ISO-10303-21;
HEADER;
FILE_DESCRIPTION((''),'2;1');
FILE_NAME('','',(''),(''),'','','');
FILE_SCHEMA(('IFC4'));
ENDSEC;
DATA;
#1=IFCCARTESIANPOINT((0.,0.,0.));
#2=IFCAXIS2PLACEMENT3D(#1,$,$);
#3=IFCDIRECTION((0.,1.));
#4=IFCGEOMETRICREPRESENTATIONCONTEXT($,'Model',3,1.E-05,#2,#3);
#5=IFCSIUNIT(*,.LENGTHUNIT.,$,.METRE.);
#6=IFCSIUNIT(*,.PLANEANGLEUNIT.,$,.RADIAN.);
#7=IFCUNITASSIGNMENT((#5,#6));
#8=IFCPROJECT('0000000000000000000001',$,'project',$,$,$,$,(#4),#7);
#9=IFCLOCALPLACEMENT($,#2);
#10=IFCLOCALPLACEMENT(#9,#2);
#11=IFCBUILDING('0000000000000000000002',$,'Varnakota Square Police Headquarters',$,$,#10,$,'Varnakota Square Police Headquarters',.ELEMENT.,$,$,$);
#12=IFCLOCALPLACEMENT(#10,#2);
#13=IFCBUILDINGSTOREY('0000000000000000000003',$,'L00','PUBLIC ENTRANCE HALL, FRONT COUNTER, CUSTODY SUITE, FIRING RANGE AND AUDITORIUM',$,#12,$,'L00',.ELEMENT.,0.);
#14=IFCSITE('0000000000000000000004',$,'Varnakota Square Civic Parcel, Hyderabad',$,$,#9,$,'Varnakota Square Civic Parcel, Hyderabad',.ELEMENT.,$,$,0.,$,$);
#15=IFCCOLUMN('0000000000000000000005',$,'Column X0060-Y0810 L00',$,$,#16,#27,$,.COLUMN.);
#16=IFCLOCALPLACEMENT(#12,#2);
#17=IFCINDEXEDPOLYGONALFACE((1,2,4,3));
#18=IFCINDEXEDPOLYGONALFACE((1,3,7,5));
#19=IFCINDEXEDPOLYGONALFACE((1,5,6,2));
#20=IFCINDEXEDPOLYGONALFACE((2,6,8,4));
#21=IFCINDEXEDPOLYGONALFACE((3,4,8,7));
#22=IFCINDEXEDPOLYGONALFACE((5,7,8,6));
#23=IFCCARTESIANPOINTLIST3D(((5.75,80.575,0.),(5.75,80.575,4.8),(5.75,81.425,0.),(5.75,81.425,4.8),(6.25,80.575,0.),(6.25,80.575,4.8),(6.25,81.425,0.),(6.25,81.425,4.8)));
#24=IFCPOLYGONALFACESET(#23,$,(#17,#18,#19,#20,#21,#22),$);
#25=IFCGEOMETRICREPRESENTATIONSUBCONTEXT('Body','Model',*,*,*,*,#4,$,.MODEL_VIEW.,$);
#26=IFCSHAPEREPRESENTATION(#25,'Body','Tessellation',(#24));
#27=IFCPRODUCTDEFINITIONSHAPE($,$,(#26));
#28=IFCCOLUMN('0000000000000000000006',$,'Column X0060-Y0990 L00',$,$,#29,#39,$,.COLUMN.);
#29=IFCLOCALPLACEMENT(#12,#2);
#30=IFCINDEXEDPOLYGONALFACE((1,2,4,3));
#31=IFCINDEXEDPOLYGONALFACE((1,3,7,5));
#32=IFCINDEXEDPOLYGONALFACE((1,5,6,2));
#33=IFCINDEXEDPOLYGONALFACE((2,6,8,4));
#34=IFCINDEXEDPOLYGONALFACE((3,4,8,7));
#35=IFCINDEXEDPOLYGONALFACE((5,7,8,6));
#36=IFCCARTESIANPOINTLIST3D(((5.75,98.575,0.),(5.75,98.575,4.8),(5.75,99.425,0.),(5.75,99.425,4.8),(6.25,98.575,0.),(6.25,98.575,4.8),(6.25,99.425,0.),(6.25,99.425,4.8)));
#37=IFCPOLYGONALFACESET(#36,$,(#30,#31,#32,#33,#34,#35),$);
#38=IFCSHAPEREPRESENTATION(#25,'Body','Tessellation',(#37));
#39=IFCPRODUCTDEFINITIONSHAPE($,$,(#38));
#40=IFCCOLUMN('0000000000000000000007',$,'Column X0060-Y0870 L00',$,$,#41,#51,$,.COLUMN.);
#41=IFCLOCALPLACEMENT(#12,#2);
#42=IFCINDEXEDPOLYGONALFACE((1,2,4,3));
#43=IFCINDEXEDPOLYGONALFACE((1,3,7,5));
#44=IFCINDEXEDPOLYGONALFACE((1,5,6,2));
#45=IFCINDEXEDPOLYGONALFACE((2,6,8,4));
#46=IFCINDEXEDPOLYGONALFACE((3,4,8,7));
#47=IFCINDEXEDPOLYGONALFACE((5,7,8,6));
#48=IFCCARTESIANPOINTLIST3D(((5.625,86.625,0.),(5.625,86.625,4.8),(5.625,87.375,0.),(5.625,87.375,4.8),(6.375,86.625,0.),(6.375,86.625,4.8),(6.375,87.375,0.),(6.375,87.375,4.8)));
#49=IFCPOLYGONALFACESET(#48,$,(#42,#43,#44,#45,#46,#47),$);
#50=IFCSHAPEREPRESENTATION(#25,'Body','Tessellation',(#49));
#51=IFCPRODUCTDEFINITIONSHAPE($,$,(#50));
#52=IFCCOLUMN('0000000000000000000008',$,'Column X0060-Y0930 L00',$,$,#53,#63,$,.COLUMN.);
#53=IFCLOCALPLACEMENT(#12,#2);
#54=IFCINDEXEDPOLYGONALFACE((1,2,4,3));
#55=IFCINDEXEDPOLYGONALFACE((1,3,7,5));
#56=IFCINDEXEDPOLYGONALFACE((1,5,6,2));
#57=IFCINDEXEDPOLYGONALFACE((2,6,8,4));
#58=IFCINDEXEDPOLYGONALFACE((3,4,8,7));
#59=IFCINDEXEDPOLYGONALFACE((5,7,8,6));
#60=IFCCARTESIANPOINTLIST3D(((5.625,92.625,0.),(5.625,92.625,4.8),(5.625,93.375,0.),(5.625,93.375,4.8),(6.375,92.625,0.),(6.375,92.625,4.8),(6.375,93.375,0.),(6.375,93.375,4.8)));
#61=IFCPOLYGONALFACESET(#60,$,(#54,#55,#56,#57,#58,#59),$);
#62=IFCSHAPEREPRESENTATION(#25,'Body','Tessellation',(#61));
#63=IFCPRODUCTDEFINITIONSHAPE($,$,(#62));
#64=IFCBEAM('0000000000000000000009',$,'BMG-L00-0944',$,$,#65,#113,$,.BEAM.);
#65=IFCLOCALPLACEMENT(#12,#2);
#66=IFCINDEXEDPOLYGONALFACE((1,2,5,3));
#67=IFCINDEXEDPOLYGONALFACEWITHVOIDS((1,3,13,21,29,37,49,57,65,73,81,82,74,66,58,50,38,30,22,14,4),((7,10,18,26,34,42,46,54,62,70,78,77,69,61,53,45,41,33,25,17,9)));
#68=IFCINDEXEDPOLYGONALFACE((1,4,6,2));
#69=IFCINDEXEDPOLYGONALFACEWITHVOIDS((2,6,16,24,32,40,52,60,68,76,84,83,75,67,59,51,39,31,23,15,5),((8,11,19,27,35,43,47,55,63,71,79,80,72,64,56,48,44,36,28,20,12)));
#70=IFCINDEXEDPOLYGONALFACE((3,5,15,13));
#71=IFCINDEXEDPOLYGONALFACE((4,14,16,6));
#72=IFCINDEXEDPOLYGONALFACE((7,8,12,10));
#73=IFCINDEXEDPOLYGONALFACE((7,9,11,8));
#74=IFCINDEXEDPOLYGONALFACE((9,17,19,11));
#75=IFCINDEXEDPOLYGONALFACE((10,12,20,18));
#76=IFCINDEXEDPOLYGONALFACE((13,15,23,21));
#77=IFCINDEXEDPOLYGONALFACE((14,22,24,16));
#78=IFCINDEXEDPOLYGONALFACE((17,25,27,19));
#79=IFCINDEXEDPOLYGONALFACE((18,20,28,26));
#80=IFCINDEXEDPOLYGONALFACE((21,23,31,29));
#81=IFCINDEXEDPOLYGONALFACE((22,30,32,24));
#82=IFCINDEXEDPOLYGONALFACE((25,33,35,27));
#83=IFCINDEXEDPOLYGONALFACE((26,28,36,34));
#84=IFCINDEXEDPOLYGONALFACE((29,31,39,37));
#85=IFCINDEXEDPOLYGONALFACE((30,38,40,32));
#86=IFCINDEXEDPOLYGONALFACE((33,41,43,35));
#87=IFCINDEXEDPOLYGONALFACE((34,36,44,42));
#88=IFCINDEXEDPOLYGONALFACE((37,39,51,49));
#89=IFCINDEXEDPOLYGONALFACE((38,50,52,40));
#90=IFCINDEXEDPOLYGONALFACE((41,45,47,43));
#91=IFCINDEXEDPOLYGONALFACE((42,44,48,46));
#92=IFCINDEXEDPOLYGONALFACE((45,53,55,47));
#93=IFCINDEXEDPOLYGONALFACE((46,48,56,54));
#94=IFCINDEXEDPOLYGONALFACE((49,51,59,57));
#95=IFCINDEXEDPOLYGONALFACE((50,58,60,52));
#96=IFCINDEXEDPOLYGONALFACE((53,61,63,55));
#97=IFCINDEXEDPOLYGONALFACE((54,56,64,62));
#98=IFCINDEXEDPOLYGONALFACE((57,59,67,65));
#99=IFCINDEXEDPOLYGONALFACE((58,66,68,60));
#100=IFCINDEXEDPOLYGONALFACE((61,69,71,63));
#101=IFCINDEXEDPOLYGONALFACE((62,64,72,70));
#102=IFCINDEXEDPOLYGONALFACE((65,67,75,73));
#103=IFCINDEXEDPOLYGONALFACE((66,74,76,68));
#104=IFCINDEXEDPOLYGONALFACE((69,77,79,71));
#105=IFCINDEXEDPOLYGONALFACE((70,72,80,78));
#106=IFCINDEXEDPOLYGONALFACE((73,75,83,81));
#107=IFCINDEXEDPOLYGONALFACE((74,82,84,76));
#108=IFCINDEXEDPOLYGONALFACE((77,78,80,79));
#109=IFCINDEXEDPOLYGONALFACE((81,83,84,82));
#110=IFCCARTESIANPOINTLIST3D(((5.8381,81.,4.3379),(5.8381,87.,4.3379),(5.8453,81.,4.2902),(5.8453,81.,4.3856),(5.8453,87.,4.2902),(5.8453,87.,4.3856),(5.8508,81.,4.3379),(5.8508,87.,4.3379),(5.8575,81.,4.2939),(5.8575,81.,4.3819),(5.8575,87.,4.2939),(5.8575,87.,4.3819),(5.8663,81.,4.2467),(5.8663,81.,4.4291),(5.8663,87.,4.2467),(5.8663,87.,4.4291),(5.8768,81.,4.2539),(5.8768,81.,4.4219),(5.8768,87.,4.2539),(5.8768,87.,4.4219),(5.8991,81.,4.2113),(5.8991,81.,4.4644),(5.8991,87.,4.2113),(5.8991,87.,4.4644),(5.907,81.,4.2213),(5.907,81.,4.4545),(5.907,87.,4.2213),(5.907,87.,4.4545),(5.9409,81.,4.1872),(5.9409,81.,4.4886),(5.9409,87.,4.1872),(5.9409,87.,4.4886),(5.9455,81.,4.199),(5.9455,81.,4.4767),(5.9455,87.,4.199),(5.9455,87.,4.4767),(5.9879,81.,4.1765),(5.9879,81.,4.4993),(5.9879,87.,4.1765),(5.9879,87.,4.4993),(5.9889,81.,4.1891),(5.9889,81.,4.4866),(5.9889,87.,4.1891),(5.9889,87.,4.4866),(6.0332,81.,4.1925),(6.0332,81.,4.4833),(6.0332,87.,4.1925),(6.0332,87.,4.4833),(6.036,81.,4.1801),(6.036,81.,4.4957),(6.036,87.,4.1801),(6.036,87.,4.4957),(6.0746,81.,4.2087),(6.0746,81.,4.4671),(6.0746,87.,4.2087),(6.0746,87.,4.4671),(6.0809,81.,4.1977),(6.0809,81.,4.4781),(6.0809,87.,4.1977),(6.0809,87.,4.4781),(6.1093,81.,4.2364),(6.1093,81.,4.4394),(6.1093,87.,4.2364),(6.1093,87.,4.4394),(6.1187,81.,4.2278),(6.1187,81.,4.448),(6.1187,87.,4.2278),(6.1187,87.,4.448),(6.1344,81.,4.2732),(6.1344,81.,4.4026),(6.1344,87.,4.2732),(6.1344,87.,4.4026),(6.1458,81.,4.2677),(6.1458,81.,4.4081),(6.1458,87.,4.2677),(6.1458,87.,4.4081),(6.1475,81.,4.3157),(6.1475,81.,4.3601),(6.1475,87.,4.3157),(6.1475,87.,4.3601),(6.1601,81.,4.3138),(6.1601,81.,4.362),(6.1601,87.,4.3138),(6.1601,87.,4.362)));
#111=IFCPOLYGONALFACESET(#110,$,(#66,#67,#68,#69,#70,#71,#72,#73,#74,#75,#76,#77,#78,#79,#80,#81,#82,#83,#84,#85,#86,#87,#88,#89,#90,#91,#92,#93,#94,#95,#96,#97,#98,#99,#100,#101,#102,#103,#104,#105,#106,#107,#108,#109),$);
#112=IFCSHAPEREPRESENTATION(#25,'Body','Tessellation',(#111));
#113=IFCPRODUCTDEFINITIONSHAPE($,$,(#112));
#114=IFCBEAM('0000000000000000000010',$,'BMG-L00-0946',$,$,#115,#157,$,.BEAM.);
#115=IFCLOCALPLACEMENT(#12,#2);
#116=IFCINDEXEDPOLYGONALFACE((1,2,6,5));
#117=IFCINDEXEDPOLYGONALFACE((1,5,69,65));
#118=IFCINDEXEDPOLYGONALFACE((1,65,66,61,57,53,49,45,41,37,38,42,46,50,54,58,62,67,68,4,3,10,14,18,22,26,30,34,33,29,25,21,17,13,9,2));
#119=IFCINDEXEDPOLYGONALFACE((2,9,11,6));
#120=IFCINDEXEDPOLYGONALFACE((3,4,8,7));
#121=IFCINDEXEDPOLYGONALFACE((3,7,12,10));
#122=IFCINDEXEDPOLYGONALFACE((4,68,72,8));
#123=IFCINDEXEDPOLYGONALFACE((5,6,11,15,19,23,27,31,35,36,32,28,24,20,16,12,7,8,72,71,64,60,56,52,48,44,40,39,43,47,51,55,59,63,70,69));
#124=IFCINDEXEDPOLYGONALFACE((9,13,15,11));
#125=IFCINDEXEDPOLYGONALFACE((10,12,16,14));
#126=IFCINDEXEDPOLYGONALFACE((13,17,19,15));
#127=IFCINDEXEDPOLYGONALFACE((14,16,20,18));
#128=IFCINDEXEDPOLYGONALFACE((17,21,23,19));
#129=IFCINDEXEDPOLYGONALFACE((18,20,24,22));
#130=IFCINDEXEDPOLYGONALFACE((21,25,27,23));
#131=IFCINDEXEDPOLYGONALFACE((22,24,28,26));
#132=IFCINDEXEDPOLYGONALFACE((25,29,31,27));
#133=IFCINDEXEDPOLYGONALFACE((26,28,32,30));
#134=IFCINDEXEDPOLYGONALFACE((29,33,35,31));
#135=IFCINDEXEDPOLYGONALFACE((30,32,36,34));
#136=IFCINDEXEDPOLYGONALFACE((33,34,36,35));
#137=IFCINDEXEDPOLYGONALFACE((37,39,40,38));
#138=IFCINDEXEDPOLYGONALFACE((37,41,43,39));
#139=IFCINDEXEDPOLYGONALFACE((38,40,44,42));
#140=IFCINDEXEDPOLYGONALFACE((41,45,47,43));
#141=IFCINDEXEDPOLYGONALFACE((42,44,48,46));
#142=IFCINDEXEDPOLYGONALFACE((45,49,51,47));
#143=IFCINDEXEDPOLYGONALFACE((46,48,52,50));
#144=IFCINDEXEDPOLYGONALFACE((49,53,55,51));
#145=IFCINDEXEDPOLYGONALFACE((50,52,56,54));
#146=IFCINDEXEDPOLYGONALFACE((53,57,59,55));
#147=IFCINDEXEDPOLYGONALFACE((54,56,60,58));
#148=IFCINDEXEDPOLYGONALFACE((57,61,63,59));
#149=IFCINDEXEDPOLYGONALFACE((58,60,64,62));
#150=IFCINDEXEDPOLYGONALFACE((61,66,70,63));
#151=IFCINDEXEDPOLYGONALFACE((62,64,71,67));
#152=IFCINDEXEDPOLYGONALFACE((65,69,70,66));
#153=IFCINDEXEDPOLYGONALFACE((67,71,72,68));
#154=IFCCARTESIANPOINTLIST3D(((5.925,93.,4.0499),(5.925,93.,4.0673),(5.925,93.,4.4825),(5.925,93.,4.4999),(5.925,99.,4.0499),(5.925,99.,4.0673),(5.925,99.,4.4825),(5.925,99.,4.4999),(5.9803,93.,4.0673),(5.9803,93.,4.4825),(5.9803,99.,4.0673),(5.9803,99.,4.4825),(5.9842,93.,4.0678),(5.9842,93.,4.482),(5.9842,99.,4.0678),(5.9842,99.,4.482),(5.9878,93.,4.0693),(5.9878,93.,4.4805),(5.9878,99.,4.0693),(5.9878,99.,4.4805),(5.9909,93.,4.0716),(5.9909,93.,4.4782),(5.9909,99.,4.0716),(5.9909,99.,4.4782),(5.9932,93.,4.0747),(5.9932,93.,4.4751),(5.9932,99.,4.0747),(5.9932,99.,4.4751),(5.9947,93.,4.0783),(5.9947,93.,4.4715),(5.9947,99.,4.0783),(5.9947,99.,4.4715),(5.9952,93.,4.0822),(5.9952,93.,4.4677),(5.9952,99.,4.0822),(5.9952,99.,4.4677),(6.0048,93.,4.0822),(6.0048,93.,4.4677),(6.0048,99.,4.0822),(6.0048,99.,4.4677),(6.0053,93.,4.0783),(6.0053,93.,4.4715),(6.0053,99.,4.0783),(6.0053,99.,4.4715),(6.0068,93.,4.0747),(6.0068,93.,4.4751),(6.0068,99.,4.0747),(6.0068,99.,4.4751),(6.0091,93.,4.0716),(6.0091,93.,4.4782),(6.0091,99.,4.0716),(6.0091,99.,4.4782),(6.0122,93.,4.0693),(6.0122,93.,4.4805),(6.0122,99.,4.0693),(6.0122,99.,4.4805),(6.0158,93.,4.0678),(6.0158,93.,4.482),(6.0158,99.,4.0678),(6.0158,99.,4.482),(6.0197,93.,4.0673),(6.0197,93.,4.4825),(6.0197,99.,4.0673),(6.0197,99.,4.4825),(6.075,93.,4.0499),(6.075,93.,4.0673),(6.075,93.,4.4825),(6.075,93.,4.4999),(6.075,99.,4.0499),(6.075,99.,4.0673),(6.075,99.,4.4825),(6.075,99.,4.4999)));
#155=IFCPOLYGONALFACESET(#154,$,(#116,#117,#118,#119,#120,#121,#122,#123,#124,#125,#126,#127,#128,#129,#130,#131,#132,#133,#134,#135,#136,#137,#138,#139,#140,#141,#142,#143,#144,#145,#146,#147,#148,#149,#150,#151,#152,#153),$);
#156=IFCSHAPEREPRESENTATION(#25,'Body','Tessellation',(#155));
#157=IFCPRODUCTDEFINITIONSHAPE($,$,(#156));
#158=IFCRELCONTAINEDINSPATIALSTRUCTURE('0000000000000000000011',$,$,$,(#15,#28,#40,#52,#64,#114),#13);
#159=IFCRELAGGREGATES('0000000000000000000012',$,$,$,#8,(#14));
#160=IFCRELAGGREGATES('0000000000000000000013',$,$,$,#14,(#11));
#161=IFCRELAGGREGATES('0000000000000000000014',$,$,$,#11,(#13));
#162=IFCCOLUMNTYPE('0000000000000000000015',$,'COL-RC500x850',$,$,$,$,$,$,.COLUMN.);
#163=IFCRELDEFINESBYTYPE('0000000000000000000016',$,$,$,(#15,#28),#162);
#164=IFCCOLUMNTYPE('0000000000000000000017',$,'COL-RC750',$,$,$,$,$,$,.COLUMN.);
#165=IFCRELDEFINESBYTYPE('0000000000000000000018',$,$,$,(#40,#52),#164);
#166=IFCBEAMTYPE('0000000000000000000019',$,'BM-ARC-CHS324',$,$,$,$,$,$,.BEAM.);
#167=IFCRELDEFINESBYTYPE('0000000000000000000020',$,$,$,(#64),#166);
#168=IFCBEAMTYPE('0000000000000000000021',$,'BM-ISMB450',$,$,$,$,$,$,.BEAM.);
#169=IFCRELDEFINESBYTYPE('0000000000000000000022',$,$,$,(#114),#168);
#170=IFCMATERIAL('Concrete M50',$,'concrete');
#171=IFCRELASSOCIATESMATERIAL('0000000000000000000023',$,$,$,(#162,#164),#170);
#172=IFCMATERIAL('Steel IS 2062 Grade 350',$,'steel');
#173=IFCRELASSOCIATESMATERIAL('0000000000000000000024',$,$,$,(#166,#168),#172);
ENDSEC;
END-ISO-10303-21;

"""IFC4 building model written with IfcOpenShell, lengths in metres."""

from ifc_helpers import new_model, si_unit, direction, frame, origin, origin_2d, place, context, subcontext, project, spatial, rectangle, hollow_circle, i_section, extrude, material, material_profile, profile_set, type_object, element, save


model = new_model("IFC4")

# Units and contexts
model_context = context("Model", 3, precision=1e-05, world=origin(), true_north=direction((0.0, 1.0)))
body_context = subcontext(model_context, "Body", "Model", "MODEL_VIEW")
ifc_project = project(units=[si_unit("LENGTHUNIT", "METRE"), si_unit("PLANEANGLEUNIT", "RADIAN")], contexts=[model_context])

# Site, building, storey
site_placement = place(None, origin())
site = spatial("IfcSite", under=ifc_project, at=site_placement, Name="Varnakota Square Civic Parcel, Hyderabad", LongName="Varnakota Square Civic Parcel, Hyderabad", CompositionType="ELEMENT", RefElevation=0.0)
building_placement = place(site_placement, origin())
building = spatial("IfcBuilding", under=site, at=building_placement, Name="Varnakota Square Police Headquarters", LongName="Varnakota Square Police Headquarters", CompositionType="ELEMENT")
storey_placement = place(building_placement, origin())
storey = spatial("IfcBuildingStorey", under=building, at=storey_placement, Name="L00", Description="PUBLIC ENTRANCE HALL, FRONT COUNTER, CUSTODY SUITE, FIRING RANGE AND AUDITORIUM", LongName="L00", CompositionType="ELEMENT", Elevation=0.0)

# Columns
ifc_material_1 = material(Name="Concrete M50", Category="concrete")
ifc_material_profile_1 = material_profile(ifc_material_1, rectangle(XDim=0.5, YDim=0.8501, at=origin_2d()), Name="RC 500x850")
ifc_profile_set_1 = profile_set([ifc_material_profile_1], Name="Concrete M50")
column_type_1 = type_object("IfcColumnType", Name="COL-RC500x850", PredefinedType="COLUMN", material=ifc_profile_set_1)
for number, where, z_axis, x_axis, name in (
    (1, (6.0, 81.0, 0.0), (0.0, 0.0, 1.0), (1.0, 0.0, 0.0), "Column X0060-Y0810 L00"),
    (2, (6.0, 99.0, 0.0), (0.0, 0.0, 1.0), (1.0, 0.0, 0.0), "Column X0060-Y0990 L00"),
):
    element("IfcColumn", number, at=place(storey_placement, frame(where, z_axis=z_axis, x_axis=x_axis)), inside=storey, type_object=column_type_1, Name=name, PredefinedType="COLUMN", context=body_context, shape_type="SweptSolid", body=[
        extrude(rectangle(XDim=0.5, YDim=0.8501, at=origin_2d()), origin(), (0.0, 0.0, 1.0), 4.8),
    ])
ifc_material_profile_2 = material_profile(ifc_material_1, rectangle(XDim=0.75, YDim=0.75, at=origin_2d()), Name="RC 750x750")
ifc_profile_set_2 = profile_set([ifc_material_profile_2], Name="Concrete M50")
column_type_2 = type_object("IfcColumnType", Name="COL-RC750", PredefinedType="COLUMN", material=ifc_profile_set_2)
for number, where, z_axis, x_axis, name in (
    (3, (6.0, 87.0, 0.0), (0.0, 0.0, 1.0), (1.0, 0.0, 0.0), "Column X0060-Y0870 L00"),
    (4, (6.0, 93.0, 0.0), (0.0, 0.0, 1.0), (1.0, 0.0, 0.0), "Column X0060-Y0930 L00"),
):
    element("IfcColumn", number, at=place(storey_placement, frame(where, z_axis=z_axis, x_axis=x_axis)), inside=storey, type_object=column_type_2, Name=name, PredefinedType="COLUMN", context=body_context, shape_type="SweptSolid", body=[
        extrude(rectangle(XDim=0.75, YDim=0.75, at=origin_2d()), origin(), (0.0, 0.0, 1.0), 4.8),
    ])

# Beams
ifc_material_2 = material(Name="Steel IS 2062 Grade 350", Category="steel")
ifc_material_profile_3 = material_profile(ifc_material_2, hollow_circle(Radius=0.1619, WallThickness=0.0127, at=origin_2d()), Name="CHS 323.9x12.7")
ifc_profile_set_3 = profile_set([ifc_material_profile_3], Name="Steel IS 2062 Grade 350")
beam_type_1 = type_object("IfcBeamType", Name="BM-ARC-CHS324", PredefinedType="BEAM", material=ifc_profile_set_3)
beam_1_placement = place(storey_placement, frame((6.0, 81.0, 4.3379), z_axis=(0.0, 1.0, 0.0), x_axis=(-1.0, 0.0, 0.0)))
element("IfcBeam", 5, at=beam_1_placement, inside=storey, type_object=beam_type_1, Name="BMG-L00-0944", PredefinedType="BEAM", context=body_context, shape_type="SweptSolid", body=[
    extrude(hollow_circle(Radius=0.1619, WallThickness=0.0127, at=origin_2d()), origin(), (0.0, 0.0, 1.0), 6.0),
])
ifc_material_profile_4 = material_profile(ifc_material_2, i_section(OverallWidth=0.1499, OverallDepth=0.45, WebThickness=0.0095, FlangeThickness=0.0173, FilletRadius=0.0149, at=origin_2d()), Name="ISMB 450")
ifc_profile_set_4 = profile_set([ifc_material_profile_4], Name="Steel IS 2062 Grade 350")
beam_type_2 = type_object("IfcBeamType", Name="BM-ISMB450", PredefinedType="BEAM", material=ifc_profile_set_4)
beam_2_placement = place(storey_placement, frame((6.0, 93.0, 4.2749), z_axis=(0.0, 1.0, 0.0), x_axis=(-1.0, 0.0, 0.0)))
element("IfcBeam", 6, at=beam_2_placement, inside=storey, type_object=beam_type_2, Name="BMG-L00-0946", PredefinedType="BEAM", context=body_context, shape_type="SweptSolid", body=[
    extrude(i_section(OverallWidth=0.1499, OverallDepth=0.45, WebThickness=0.0095, FlangeThickness=0.0173, FilletRadius=0.0149, at=origin_2d()), origin(), (0.0, 0.0, 1.0), 6.0),
])

save(model, "model.ifc")
